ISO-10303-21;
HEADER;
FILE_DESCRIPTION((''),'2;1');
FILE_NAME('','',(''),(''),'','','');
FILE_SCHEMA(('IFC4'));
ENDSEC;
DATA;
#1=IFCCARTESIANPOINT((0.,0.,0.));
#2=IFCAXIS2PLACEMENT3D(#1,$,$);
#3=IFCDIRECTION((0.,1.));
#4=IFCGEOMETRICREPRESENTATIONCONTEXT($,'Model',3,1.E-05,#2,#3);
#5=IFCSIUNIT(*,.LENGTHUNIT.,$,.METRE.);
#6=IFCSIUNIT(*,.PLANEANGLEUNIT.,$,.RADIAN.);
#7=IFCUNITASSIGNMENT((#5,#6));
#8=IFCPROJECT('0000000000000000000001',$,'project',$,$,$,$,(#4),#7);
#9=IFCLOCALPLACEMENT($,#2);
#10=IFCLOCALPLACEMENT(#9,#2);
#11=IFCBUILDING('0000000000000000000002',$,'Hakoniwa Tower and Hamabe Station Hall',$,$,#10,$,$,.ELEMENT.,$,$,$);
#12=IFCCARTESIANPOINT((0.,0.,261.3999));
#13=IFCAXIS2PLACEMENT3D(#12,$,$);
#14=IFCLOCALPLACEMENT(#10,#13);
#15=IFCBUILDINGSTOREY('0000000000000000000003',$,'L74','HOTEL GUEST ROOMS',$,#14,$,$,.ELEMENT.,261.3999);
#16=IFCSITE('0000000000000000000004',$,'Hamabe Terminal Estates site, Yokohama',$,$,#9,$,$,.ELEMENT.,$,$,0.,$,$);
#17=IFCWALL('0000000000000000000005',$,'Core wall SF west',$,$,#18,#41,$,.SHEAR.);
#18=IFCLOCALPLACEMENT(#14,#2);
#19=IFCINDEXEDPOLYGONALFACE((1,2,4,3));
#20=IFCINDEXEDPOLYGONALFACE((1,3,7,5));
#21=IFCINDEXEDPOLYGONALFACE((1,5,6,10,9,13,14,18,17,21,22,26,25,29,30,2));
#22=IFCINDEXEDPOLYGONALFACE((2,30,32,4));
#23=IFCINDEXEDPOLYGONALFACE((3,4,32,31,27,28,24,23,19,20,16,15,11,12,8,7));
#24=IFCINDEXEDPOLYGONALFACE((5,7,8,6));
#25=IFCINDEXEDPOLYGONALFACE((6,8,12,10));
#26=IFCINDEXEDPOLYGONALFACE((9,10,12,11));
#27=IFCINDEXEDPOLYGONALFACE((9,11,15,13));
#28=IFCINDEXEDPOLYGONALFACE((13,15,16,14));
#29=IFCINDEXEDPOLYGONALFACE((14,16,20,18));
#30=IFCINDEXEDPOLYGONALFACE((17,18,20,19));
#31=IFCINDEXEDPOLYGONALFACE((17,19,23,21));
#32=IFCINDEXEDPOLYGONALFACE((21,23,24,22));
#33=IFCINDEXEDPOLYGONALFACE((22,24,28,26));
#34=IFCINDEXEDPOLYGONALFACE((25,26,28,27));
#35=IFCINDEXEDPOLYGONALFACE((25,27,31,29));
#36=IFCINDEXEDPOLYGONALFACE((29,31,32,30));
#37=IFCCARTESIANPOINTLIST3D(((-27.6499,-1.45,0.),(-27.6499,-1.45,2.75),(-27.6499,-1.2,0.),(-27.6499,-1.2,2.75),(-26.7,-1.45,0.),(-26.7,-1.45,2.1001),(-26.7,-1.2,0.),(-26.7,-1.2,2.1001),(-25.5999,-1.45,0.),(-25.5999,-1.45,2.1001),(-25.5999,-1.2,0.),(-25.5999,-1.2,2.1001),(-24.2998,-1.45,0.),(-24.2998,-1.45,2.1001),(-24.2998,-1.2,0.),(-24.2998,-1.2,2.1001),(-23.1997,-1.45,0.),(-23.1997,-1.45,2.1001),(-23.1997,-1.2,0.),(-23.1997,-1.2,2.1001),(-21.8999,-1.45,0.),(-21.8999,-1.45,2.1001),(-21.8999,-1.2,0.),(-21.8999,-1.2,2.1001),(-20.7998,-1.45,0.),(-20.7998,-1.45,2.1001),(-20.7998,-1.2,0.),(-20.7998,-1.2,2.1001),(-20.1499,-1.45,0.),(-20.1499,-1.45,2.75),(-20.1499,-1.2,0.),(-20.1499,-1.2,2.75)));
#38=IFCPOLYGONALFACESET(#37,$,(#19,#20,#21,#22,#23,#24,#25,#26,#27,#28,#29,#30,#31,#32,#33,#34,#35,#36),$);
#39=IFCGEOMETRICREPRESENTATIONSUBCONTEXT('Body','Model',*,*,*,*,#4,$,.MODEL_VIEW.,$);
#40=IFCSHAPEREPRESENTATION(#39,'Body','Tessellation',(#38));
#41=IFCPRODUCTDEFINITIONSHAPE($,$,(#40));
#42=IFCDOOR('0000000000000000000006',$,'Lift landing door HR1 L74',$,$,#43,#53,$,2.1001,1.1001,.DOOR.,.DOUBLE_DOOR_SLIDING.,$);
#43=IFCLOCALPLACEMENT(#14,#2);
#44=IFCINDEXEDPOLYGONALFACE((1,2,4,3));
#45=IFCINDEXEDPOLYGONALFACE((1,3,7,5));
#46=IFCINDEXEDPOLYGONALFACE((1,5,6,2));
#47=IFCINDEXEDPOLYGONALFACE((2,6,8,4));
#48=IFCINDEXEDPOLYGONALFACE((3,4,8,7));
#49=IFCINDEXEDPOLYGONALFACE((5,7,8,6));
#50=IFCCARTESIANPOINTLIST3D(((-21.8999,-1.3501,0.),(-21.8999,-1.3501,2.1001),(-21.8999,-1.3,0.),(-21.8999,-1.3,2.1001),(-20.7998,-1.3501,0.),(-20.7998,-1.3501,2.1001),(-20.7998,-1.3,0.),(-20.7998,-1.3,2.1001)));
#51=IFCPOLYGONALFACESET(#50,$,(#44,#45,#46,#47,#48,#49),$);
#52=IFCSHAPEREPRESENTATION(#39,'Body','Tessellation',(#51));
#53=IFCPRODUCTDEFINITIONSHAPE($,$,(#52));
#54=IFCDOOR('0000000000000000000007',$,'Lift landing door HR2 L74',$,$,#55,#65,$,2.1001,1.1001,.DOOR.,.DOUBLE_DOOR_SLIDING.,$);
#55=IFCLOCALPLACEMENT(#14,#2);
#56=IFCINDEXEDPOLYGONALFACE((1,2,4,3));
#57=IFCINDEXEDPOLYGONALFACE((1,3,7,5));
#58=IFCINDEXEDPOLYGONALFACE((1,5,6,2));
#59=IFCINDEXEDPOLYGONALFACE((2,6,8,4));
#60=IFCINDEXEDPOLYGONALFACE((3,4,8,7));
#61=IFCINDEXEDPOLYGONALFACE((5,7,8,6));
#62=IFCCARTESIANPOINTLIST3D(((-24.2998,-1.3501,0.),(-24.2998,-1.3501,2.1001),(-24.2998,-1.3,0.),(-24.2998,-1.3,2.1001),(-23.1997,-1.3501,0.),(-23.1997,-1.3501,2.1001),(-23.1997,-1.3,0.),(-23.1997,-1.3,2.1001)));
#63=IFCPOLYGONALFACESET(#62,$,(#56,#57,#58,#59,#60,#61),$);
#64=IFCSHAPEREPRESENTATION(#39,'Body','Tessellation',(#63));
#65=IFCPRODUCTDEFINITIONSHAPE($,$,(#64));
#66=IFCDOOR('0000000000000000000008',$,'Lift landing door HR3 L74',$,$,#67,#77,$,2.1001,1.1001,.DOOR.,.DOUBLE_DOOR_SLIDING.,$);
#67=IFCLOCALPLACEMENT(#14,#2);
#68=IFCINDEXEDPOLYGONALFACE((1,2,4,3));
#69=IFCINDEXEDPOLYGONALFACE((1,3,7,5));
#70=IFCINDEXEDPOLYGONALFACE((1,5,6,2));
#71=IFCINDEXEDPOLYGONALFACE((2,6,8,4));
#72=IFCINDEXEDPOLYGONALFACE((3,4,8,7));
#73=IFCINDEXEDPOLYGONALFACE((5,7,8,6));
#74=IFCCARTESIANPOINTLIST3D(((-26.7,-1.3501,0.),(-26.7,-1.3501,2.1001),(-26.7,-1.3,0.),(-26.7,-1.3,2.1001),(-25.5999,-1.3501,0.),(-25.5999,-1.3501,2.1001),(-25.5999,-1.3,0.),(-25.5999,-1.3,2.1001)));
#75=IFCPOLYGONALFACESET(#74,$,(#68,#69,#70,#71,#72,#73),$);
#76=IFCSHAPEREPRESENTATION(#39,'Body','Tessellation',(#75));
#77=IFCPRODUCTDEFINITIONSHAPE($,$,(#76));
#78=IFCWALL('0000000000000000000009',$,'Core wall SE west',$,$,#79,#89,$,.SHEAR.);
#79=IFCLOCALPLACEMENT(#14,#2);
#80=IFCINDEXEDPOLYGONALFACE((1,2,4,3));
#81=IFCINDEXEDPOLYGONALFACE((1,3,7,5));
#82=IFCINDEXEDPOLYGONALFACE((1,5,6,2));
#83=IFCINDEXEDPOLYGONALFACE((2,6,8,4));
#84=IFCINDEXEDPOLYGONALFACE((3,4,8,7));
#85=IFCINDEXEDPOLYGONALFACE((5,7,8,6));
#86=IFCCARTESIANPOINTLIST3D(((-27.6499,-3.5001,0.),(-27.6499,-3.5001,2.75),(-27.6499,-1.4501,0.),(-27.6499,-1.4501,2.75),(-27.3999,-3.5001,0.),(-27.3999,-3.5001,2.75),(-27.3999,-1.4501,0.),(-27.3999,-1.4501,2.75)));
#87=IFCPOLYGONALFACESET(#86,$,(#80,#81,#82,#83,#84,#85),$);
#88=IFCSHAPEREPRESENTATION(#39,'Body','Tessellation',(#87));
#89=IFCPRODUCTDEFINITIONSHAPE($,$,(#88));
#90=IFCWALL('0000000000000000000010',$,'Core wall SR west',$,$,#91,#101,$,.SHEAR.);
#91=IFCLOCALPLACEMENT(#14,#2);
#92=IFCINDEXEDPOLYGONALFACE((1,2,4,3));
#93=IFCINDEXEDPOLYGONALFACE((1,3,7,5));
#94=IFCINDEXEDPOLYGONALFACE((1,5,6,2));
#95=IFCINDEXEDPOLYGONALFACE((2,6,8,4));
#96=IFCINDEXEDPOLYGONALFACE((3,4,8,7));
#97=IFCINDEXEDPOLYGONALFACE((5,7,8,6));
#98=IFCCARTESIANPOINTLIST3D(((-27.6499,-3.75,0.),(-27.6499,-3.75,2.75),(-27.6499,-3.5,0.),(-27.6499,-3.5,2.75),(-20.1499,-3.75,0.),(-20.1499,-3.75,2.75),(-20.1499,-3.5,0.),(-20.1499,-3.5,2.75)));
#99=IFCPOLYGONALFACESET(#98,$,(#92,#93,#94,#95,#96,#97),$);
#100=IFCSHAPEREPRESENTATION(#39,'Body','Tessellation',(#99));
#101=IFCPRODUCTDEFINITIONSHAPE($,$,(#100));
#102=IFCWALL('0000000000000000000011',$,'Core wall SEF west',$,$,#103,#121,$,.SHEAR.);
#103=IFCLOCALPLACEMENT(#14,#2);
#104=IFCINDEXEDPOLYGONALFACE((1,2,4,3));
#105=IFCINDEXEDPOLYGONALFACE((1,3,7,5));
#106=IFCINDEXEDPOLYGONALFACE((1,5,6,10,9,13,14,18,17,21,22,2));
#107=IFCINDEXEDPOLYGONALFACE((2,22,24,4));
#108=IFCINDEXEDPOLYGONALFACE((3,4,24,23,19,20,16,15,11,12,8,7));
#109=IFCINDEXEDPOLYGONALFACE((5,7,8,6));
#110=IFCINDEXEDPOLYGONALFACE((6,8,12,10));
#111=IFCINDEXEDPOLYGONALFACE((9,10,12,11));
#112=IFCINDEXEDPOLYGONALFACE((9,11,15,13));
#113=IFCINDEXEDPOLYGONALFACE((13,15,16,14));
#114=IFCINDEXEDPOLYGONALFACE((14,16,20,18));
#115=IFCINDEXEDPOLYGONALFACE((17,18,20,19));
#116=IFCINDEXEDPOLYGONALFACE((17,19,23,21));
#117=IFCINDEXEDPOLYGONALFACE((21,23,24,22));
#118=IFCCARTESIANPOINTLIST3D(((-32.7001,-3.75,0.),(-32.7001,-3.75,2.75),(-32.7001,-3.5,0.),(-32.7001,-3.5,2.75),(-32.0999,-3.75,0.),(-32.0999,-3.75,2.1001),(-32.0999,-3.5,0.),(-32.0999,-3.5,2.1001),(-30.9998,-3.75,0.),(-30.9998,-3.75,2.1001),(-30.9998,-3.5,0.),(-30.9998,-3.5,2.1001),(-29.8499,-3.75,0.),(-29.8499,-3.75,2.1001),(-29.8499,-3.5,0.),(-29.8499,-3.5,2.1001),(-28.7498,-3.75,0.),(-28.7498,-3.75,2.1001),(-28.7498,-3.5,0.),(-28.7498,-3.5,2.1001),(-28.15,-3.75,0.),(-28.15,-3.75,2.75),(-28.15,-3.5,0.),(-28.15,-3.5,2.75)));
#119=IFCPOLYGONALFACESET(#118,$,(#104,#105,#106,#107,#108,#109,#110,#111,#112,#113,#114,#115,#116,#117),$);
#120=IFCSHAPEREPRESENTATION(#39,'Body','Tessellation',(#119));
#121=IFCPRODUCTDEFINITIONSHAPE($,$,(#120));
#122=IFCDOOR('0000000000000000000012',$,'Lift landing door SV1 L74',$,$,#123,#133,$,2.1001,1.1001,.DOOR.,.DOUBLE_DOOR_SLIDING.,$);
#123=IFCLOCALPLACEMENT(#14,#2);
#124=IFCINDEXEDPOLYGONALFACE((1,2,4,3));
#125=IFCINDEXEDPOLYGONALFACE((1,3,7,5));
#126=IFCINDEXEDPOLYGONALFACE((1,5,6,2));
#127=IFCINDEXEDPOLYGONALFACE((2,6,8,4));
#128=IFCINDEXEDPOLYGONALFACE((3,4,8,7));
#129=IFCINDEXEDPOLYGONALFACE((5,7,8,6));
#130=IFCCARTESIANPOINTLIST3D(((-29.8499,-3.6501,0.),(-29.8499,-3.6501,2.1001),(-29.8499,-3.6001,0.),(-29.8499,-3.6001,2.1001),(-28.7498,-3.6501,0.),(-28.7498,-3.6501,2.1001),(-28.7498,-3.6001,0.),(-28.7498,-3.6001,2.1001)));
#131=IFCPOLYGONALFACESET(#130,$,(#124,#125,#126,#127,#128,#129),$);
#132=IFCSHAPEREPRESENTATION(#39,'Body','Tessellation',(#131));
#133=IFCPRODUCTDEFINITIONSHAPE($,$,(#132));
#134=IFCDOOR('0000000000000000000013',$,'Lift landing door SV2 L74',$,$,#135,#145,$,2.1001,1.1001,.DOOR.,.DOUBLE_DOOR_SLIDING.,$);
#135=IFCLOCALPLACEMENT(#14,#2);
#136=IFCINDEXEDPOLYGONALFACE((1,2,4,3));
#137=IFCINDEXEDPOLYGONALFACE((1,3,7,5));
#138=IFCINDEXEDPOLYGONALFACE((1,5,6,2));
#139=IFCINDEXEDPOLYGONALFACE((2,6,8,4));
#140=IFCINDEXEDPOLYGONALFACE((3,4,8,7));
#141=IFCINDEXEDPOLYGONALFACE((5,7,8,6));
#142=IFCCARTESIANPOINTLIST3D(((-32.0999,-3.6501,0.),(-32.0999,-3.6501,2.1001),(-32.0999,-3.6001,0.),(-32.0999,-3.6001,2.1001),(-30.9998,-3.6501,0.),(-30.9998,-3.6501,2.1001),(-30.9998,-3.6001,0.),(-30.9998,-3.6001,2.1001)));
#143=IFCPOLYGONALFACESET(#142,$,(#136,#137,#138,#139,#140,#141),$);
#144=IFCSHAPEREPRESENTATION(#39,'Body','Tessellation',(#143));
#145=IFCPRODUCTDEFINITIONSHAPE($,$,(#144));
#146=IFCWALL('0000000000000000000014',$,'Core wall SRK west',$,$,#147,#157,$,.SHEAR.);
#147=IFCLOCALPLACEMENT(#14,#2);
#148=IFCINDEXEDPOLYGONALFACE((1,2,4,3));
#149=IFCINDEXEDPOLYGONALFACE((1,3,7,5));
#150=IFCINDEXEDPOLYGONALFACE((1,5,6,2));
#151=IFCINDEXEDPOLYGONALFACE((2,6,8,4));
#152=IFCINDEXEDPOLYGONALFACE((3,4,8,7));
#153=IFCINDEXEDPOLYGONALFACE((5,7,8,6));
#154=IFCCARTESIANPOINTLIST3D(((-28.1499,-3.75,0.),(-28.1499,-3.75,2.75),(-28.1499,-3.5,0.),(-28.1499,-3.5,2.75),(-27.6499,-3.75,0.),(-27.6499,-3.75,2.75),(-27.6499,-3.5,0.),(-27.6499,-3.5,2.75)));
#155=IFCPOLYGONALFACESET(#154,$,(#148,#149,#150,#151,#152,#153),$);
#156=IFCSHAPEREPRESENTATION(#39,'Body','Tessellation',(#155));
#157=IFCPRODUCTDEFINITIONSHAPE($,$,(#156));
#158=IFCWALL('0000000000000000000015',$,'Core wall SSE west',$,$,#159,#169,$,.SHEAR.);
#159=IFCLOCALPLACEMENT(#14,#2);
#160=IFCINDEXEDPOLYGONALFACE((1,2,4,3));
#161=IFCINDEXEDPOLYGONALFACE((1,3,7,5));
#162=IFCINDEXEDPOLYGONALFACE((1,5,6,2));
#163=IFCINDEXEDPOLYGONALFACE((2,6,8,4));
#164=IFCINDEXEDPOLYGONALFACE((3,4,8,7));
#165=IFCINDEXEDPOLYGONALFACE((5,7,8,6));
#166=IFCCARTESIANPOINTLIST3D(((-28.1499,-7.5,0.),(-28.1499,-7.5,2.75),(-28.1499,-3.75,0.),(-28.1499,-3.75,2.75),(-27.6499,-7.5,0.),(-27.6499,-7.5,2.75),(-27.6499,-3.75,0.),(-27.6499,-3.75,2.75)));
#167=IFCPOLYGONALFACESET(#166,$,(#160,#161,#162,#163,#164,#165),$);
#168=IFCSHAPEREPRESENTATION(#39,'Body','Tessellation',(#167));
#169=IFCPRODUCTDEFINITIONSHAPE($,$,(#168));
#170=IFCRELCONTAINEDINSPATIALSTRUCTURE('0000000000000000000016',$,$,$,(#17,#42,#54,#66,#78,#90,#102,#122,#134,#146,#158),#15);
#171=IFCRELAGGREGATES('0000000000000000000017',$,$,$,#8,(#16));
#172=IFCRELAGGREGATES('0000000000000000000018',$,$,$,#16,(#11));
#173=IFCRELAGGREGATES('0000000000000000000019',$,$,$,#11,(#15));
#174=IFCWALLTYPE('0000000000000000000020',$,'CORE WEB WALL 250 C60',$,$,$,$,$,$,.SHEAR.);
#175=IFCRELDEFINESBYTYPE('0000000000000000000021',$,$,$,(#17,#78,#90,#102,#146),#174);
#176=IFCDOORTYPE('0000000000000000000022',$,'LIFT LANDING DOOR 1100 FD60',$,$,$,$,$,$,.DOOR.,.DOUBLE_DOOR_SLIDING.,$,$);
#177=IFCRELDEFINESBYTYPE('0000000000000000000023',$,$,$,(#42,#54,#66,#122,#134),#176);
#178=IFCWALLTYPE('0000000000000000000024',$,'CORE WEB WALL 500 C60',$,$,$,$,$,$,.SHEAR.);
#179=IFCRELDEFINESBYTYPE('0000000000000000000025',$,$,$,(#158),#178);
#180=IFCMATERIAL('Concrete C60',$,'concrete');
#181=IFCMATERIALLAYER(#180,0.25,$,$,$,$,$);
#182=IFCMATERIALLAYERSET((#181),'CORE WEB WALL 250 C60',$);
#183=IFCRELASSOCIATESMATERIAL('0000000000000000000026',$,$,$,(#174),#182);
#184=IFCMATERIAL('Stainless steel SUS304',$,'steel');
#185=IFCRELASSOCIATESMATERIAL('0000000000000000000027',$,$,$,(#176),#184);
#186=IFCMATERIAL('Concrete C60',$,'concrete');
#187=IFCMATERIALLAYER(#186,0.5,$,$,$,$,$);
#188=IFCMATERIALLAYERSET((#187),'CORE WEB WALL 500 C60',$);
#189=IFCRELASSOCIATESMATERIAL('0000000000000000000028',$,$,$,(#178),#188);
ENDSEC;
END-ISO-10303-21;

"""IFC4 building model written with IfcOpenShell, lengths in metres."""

from ifc_helpers import new_model, si_unit, direction, frame, frame_2d, origin, place, context, subcontext, project, spatial, rectangle, extrude, material, layer, layer_set, type_object, element, fill, save


model = new_model("IFC4")

# Units and contexts
model_context = context("Model", 3, precision=1e-05, world=origin(), true_north=direction((0.0, 1.0)))
body_context = subcontext(model_context, "Body", "Model", "MODEL_VIEW")
ifc_project = project(units=[si_unit("LENGTHUNIT", "METRE"), si_unit("PLANEANGLEUNIT", "RADIAN")], contexts=[model_context])

# Site, building, storey
site_placement = place(None, origin())
site = spatial("IfcSite", under=ifc_project, at=site_placement, Name="Hamabe Terminal Estates site, Yokohama", CompositionType="ELEMENT", RefElevation=0.0)
building_placement = place(site_placement, origin())
building = spatial("IfcBuilding", under=site, at=building_placement, Name="Hakoniwa Tower and Hamabe Station Hall", CompositionType="ELEMENT")
storey_placement = place(building_placement, frame((0.0, 0.0, 261.3999)))
storey = spatial("IfcBuildingStorey", under=building, at=storey_placement, Name="L74", Description="HOTEL GUEST ROOMS", CompositionType="ELEMENT", Elevation=261.3999)

# Wall, openings, doors
ifc_material_1 = material(Name="Concrete C60", Category="concrete")
ifc_layer_1 = layer(ifc_material_1, 0.25)
ifc_layer_set_1 = layer_set([ifc_layer_1], Name="CORE WEB WALL 250 C60")
wall_type_1 = type_object("IfcWallType", Name="CORE WEB WALL 250 C60", PredefinedType="SHEAR", material=ifc_layer_set_1)
wall_1_placement = place(storey_placement, frame((-27.6499, -1.325, 0.0), z_axis=(0.0, 0.0, 1.0), x_axis=(1.0, 0.0, 0.0)))
wall_1 = element("IfcWall", 1, at=wall_1_placement, inside=storey, type_object=wall_type_1, Name="Core wall SF west", PredefinedType="SHEAR", context=body_context, shape_type="SweptSolid", body=[
    extrude(rectangle(XDim=7.5, YDim=0.25, at=frame_2d((3.75, 0.0))), origin(), (0.0, 0.0, 1.0), 2.75),
])
opening_1_placement = place(wall_1_placement, frame((5.75, 0.0, 0.0)))
opening_1 = element("IfcOpeningElement", 2, at=opening_1_placement, cuts=wall_1, PredefinedType="OPENING", context=body_context, shape_type="SweptSolid", body=[
    extrude(rectangle(XDim=1.1001, YDim=2.1001, at=frame_2d((0.55, 1.05))), frame((0.0, 0.135, 0.0), z_axis=(0.0, -1.0, 0.0), x_axis=(1.0, 0.0, 0.0)), (0.0, 0.0, 1.0), 0.27),
])
opening_2_placement = place(wall_1_placement, frame((3.3501, 0.0, 0.0)))
opening_2 = element("IfcOpeningElement", 3, at=opening_2_placement, cuts=wall_1, PredefinedType="OPENING", context=body_context, shape_type="SweptSolid", body=[
    extrude(rectangle(XDim=1.1001, YDim=2.1001, at=frame_2d((0.55, 1.05))), frame((0.0, 0.135, 0.0), z_axis=(0.0, -1.0, 0.0), x_axis=(1.0, 0.0, 0.0)), (0.0, 0.0, 1.0), 0.27),
])
opening_3_placement = place(wall_1_placement, frame((0.95, 0.0, 0.0)))
opening_3 = element("IfcOpeningElement", 4, at=opening_3_placement, cuts=wall_1, PredefinedType="OPENING", context=body_context, shape_type="SweptSolid", body=[
    extrude(rectangle(XDim=1.1001, YDim=2.1001, at=frame_2d((0.55, 1.05))), frame((0.0, 0.135, 0.0), z_axis=(0.0, -1.0, 0.0), x_axis=(1.0, 0.0, 0.0)), (0.0, 0.0, 1.0), 0.27),
])
ifc_material_2 = material(Name="Stainless steel SUS304", Category="steel")
door_type_1 = type_object("IfcDoorType", Name="LIFT LANDING DOOR 1100 FD60", OperationType="DOUBLE_DOOR_SLIDING", PredefinedType="DOOR", material=ifc_material_2)
door_1_placement = place(opening_1_placement, origin())
door_1 = element("IfcDoor", 5, at=door_1_placement, inside=storey, type_object=door_type_1, Name="Lift landing door HR1 L74", OperationType="DOUBLE_DOOR_SLIDING", OverallHeight=2.1001, OverallWidth=1.1001, PredefinedType="DOOR", context=body_context, shape_type="SweptSolid", body=[
    extrude(rectangle(XDim=1.1001, YDim=2.1001, at=frame_2d((0.55, 1.05))), frame((0.0, 0.0249, 0.0), z_axis=(0.0, -1.0, 0.0), x_axis=(1.0, 0.0, 0.0)), (0.0, 0.0, 1.0), 0.05),
])
fill(opening_1, door_1)
door_2_placement = place(opening_2_placement, origin())
door_2 = element("IfcDoor", 6, at=door_2_placement, inside=storey, type_object=door_type_1, Name="Lift landing door HR2 L74", OperationType="DOUBLE_DOOR_SLIDING", OverallHeight=2.1001, OverallWidth=1.1001, PredefinedType="DOOR", context=body_context, shape_type="SweptSolid", body=[
    extrude(rectangle(XDim=1.1001, YDim=2.1001, at=frame_2d((0.55, 1.05))), frame((0.0, 0.0249, 0.0), z_axis=(0.0, -1.0, 0.0), x_axis=(1.0, 0.0, 0.0)), (0.0, 0.0, 1.0), 0.05),
])
fill(opening_2, door_2)
door_3_placement = place(opening_3_placement, origin())
door_3 = element("IfcDoor", 7, at=door_3_placement, inside=storey, type_object=door_type_1, Name="Lift landing door HR3 L74", OperationType="DOUBLE_DOOR_SLIDING", OverallHeight=2.1001, OverallWidth=1.1001, PredefinedType="DOOR", context=body_context, shape_type="SweptSolid", body=[
    extrude(rectangle(XDim=1.1001, YDim=2.1001, at=frame_2d((0.55, 1.05))), frame((0.0, 0.0249, 0.0), z_axis=(0.0, -1.0, 0.0), x_axis=(1.0, 0.0, 0.0)), (0.0, 0.0, 1.0), 0.05),
])
fill(opening_3, door_3)

# Walls
wall_2_placement = place(storey_placement, frame((-27.5249, -3.5, 0.0), z_axis=(0.0, 0.0, 1.0), x_axis=(0.0, 1.0, 0.0)))
element("IfcWall", 8, at=wall_2_placement, inside=storey, type_object=wall_type_1, Name="Core wall SE west", PredefinedType="SHEAR", context=body_context, shape_type="SweptSolid", body=[
    extrude(rectangle(XDim=2.05, YDim=0.25, at=frame_2d((1.0249, 0.0))), origin(), (0.0, 0.0, 1.0), 2.75),
])
wall_3_placement = place(storey_placement, frame((-27.6499, -3.625, 0.0), z_axis=(0.0, 0.0, 1.0), x_axis=(1.0, 0.0, 0.0)))
element("IfcWall", 9, at=wall_3_placement, inside=storey, type_object=wall_type_1, Name="Core wall SR west", PredefinedType="SHEAR", context=body_context, shape_type="SweptSolid", body=[
    extrude(rectangle(XDim=7.5, YDim=0.25, at=frame_2d((3.75, 0.0))), origin(), (0.0, 0.0, 1.0), 2.75),
])

# Wall, openings, doors
wall_4_placement = place(storey_placement, frame((-32.7, -3.625, 0.0), z_axis=(0.0, 0.0, 1.0), x_axis=(1.0, 0.0, 0.0)))
wall_4 = element("IfcWall", 10, at=wall_4_placement, inside=storey, type_object=wall_type_1, Name="Core wall SEF west", PredefinedType="SHEAR", context=body_context, shape_type="SweptSolid", body=[
    extrude(rectangle(XDim=4.55, YDim=0.25, at=frame_2d((2.2749, 0.0))), origin(), (0.0, 0.0, 1.0), 2.75),
])
opening_4_placement = place(wall_4_placement, frame((2.8501, 0.0, 0.0)))
opening_4 = element("IfcOpeningElement", 11, at=opening_4_placement, cuts=wall_4, PredefinedType="OPENING", context=body_context, shape_type="SweptSolid", body=[
    extrude(rectangle(XDim=1.1001, YDim=2.1001, at=frame_2d((0.55, 1.05))), frame((0.0, 0.135, 0.0), z_axis=(0.0, -1.0, 0.0), x_axis=(1.0, 0.0, 0.0)), (0.0, 0.0, 1.0), 0.27),
])
opening_5_placement = place(wall_4_placement, frame((0.6001, 0.0, 0.0)))
opening_5 = element("IfcOpeningElement", 12, at=opening_5_placement, cuts=wall_4, PredefinedType="OPENING", context=body_context, shape_type="SweptSolid", body=[
    extrude(rectangle(XDim=1.1001, YDim=2.1001, at=frame_2d((0.55, 1.05))), frame((0.0, 0.135, 0.0), z_axis=(0.0, -1.0, 0.0), x_axis=(1.0, 0.0, 0.0)), (0.0, 0.0, 1.0), 0.27),
])
door_4_placement = place(opening_4_placement, origin())
door_4 = element("IfcDoor", 13, at=door_4_placement, inside=storey, type_object=door_type_1, Name="Lift landing door SV1 L74", OperationType="DOUBLE_DOOR_SLIDING", OverallHeight=2.1001, OverallWidth=1.1001, PredefinedType="DOOR", context=body_context, shape_type="SweptSolid", body=[
    extrude(rectangle(XDim=1.1001, YDim=2.1001, at=frame_2d((0.55, 1.05))), frame((0.0, 0.0249, 0.0), z_axis=(0.0, -1.0, 0.0), x_axis=(1.0, 0.0, 0.0)), (0.0, 0.0, 1.0), 0.05),
])
fill(opening_4, door_4)
door_5_placement = place(opening_5_placement, origin())
door_5 = element("IfcDoor", 14, at=door_5_placement, inside=storey, type_object=door_type_1, Name="Lift landing door SV2 L74", OperationType="DOUBLE_DOOR_SLIDING", OverallHeight=2.1001, OverallWidth=1.1001, PredefinedType="DOOR", context=body_context, shape_type="SweptSolid", body=[
    extrude(rectangle(XDim=1.1001, YDim=2.1001, at=frame_2d((0.55, 1.05))), frame((0.0, 0.0249, 0.0), z_axis=(0.0, -1.0, 0.0), x_axis=(1.0, 0.0, 0.0)), (0.0, 0.0, 1.0), 0.05),
])
fill(opening_5, door_5)

# Walls
wall_5_placement = place(storey_placement, frame((-28.1499, -3.625, 0.0), z_axis=(0.0, 0.0, 1.0), x_axis=(1.0, 0.0, 0.0)))
element("IfcWall", 15, at=wall_5_placement, inside=storey, type_object=wall_type_1, Name="Core wall SRK west", PredefinedType="SHEAR", context=body_context, shape_type="SweptSolid", body=[
    extrude(rectangle(XDim=0.5, YDim=0.25, at=frame_2d((0.25, 0.0))), origin(), (0.0, 0.0, 1.0), 2.75),
])
ifc_material_3 = material(Name="Concrete C60", Category="concrete")
ifc_layer_2 = layer(ifc_material_3, 0.5)
ifc_layer_set_2 = layer_set([ifc_layer_2], Name="CORE WEB WALL 500 C60")
wall_type_2 = type_object("IfcWallType", Name="CORE WEB WALL 500 C60", PredefinedType="SHEAR", material=ifc_layer_set_2)
wall_6_placement = place(storey_placement, frame((-27.8999, -7.5, 0.0), z_axis=(0.0, 0.0, 1.0), x_axis=(0.0, 1.0, 0.0)))
element("IfcWall", 16, at=wall_6_placement, inside=storey, type_object=wall_type_2, Name="Core wall SSE west", PredefinedType="SHEAR", context=body_context, shape_type="SweptSolid", body=[
    extrude(rectangle(XDim=3.75, YDim=0.5, at=frame_2d((1.875, 0.0))), origin(), (0.0, 0.0, 1.0), 2.75),
])

save(model, "model.ifc")
